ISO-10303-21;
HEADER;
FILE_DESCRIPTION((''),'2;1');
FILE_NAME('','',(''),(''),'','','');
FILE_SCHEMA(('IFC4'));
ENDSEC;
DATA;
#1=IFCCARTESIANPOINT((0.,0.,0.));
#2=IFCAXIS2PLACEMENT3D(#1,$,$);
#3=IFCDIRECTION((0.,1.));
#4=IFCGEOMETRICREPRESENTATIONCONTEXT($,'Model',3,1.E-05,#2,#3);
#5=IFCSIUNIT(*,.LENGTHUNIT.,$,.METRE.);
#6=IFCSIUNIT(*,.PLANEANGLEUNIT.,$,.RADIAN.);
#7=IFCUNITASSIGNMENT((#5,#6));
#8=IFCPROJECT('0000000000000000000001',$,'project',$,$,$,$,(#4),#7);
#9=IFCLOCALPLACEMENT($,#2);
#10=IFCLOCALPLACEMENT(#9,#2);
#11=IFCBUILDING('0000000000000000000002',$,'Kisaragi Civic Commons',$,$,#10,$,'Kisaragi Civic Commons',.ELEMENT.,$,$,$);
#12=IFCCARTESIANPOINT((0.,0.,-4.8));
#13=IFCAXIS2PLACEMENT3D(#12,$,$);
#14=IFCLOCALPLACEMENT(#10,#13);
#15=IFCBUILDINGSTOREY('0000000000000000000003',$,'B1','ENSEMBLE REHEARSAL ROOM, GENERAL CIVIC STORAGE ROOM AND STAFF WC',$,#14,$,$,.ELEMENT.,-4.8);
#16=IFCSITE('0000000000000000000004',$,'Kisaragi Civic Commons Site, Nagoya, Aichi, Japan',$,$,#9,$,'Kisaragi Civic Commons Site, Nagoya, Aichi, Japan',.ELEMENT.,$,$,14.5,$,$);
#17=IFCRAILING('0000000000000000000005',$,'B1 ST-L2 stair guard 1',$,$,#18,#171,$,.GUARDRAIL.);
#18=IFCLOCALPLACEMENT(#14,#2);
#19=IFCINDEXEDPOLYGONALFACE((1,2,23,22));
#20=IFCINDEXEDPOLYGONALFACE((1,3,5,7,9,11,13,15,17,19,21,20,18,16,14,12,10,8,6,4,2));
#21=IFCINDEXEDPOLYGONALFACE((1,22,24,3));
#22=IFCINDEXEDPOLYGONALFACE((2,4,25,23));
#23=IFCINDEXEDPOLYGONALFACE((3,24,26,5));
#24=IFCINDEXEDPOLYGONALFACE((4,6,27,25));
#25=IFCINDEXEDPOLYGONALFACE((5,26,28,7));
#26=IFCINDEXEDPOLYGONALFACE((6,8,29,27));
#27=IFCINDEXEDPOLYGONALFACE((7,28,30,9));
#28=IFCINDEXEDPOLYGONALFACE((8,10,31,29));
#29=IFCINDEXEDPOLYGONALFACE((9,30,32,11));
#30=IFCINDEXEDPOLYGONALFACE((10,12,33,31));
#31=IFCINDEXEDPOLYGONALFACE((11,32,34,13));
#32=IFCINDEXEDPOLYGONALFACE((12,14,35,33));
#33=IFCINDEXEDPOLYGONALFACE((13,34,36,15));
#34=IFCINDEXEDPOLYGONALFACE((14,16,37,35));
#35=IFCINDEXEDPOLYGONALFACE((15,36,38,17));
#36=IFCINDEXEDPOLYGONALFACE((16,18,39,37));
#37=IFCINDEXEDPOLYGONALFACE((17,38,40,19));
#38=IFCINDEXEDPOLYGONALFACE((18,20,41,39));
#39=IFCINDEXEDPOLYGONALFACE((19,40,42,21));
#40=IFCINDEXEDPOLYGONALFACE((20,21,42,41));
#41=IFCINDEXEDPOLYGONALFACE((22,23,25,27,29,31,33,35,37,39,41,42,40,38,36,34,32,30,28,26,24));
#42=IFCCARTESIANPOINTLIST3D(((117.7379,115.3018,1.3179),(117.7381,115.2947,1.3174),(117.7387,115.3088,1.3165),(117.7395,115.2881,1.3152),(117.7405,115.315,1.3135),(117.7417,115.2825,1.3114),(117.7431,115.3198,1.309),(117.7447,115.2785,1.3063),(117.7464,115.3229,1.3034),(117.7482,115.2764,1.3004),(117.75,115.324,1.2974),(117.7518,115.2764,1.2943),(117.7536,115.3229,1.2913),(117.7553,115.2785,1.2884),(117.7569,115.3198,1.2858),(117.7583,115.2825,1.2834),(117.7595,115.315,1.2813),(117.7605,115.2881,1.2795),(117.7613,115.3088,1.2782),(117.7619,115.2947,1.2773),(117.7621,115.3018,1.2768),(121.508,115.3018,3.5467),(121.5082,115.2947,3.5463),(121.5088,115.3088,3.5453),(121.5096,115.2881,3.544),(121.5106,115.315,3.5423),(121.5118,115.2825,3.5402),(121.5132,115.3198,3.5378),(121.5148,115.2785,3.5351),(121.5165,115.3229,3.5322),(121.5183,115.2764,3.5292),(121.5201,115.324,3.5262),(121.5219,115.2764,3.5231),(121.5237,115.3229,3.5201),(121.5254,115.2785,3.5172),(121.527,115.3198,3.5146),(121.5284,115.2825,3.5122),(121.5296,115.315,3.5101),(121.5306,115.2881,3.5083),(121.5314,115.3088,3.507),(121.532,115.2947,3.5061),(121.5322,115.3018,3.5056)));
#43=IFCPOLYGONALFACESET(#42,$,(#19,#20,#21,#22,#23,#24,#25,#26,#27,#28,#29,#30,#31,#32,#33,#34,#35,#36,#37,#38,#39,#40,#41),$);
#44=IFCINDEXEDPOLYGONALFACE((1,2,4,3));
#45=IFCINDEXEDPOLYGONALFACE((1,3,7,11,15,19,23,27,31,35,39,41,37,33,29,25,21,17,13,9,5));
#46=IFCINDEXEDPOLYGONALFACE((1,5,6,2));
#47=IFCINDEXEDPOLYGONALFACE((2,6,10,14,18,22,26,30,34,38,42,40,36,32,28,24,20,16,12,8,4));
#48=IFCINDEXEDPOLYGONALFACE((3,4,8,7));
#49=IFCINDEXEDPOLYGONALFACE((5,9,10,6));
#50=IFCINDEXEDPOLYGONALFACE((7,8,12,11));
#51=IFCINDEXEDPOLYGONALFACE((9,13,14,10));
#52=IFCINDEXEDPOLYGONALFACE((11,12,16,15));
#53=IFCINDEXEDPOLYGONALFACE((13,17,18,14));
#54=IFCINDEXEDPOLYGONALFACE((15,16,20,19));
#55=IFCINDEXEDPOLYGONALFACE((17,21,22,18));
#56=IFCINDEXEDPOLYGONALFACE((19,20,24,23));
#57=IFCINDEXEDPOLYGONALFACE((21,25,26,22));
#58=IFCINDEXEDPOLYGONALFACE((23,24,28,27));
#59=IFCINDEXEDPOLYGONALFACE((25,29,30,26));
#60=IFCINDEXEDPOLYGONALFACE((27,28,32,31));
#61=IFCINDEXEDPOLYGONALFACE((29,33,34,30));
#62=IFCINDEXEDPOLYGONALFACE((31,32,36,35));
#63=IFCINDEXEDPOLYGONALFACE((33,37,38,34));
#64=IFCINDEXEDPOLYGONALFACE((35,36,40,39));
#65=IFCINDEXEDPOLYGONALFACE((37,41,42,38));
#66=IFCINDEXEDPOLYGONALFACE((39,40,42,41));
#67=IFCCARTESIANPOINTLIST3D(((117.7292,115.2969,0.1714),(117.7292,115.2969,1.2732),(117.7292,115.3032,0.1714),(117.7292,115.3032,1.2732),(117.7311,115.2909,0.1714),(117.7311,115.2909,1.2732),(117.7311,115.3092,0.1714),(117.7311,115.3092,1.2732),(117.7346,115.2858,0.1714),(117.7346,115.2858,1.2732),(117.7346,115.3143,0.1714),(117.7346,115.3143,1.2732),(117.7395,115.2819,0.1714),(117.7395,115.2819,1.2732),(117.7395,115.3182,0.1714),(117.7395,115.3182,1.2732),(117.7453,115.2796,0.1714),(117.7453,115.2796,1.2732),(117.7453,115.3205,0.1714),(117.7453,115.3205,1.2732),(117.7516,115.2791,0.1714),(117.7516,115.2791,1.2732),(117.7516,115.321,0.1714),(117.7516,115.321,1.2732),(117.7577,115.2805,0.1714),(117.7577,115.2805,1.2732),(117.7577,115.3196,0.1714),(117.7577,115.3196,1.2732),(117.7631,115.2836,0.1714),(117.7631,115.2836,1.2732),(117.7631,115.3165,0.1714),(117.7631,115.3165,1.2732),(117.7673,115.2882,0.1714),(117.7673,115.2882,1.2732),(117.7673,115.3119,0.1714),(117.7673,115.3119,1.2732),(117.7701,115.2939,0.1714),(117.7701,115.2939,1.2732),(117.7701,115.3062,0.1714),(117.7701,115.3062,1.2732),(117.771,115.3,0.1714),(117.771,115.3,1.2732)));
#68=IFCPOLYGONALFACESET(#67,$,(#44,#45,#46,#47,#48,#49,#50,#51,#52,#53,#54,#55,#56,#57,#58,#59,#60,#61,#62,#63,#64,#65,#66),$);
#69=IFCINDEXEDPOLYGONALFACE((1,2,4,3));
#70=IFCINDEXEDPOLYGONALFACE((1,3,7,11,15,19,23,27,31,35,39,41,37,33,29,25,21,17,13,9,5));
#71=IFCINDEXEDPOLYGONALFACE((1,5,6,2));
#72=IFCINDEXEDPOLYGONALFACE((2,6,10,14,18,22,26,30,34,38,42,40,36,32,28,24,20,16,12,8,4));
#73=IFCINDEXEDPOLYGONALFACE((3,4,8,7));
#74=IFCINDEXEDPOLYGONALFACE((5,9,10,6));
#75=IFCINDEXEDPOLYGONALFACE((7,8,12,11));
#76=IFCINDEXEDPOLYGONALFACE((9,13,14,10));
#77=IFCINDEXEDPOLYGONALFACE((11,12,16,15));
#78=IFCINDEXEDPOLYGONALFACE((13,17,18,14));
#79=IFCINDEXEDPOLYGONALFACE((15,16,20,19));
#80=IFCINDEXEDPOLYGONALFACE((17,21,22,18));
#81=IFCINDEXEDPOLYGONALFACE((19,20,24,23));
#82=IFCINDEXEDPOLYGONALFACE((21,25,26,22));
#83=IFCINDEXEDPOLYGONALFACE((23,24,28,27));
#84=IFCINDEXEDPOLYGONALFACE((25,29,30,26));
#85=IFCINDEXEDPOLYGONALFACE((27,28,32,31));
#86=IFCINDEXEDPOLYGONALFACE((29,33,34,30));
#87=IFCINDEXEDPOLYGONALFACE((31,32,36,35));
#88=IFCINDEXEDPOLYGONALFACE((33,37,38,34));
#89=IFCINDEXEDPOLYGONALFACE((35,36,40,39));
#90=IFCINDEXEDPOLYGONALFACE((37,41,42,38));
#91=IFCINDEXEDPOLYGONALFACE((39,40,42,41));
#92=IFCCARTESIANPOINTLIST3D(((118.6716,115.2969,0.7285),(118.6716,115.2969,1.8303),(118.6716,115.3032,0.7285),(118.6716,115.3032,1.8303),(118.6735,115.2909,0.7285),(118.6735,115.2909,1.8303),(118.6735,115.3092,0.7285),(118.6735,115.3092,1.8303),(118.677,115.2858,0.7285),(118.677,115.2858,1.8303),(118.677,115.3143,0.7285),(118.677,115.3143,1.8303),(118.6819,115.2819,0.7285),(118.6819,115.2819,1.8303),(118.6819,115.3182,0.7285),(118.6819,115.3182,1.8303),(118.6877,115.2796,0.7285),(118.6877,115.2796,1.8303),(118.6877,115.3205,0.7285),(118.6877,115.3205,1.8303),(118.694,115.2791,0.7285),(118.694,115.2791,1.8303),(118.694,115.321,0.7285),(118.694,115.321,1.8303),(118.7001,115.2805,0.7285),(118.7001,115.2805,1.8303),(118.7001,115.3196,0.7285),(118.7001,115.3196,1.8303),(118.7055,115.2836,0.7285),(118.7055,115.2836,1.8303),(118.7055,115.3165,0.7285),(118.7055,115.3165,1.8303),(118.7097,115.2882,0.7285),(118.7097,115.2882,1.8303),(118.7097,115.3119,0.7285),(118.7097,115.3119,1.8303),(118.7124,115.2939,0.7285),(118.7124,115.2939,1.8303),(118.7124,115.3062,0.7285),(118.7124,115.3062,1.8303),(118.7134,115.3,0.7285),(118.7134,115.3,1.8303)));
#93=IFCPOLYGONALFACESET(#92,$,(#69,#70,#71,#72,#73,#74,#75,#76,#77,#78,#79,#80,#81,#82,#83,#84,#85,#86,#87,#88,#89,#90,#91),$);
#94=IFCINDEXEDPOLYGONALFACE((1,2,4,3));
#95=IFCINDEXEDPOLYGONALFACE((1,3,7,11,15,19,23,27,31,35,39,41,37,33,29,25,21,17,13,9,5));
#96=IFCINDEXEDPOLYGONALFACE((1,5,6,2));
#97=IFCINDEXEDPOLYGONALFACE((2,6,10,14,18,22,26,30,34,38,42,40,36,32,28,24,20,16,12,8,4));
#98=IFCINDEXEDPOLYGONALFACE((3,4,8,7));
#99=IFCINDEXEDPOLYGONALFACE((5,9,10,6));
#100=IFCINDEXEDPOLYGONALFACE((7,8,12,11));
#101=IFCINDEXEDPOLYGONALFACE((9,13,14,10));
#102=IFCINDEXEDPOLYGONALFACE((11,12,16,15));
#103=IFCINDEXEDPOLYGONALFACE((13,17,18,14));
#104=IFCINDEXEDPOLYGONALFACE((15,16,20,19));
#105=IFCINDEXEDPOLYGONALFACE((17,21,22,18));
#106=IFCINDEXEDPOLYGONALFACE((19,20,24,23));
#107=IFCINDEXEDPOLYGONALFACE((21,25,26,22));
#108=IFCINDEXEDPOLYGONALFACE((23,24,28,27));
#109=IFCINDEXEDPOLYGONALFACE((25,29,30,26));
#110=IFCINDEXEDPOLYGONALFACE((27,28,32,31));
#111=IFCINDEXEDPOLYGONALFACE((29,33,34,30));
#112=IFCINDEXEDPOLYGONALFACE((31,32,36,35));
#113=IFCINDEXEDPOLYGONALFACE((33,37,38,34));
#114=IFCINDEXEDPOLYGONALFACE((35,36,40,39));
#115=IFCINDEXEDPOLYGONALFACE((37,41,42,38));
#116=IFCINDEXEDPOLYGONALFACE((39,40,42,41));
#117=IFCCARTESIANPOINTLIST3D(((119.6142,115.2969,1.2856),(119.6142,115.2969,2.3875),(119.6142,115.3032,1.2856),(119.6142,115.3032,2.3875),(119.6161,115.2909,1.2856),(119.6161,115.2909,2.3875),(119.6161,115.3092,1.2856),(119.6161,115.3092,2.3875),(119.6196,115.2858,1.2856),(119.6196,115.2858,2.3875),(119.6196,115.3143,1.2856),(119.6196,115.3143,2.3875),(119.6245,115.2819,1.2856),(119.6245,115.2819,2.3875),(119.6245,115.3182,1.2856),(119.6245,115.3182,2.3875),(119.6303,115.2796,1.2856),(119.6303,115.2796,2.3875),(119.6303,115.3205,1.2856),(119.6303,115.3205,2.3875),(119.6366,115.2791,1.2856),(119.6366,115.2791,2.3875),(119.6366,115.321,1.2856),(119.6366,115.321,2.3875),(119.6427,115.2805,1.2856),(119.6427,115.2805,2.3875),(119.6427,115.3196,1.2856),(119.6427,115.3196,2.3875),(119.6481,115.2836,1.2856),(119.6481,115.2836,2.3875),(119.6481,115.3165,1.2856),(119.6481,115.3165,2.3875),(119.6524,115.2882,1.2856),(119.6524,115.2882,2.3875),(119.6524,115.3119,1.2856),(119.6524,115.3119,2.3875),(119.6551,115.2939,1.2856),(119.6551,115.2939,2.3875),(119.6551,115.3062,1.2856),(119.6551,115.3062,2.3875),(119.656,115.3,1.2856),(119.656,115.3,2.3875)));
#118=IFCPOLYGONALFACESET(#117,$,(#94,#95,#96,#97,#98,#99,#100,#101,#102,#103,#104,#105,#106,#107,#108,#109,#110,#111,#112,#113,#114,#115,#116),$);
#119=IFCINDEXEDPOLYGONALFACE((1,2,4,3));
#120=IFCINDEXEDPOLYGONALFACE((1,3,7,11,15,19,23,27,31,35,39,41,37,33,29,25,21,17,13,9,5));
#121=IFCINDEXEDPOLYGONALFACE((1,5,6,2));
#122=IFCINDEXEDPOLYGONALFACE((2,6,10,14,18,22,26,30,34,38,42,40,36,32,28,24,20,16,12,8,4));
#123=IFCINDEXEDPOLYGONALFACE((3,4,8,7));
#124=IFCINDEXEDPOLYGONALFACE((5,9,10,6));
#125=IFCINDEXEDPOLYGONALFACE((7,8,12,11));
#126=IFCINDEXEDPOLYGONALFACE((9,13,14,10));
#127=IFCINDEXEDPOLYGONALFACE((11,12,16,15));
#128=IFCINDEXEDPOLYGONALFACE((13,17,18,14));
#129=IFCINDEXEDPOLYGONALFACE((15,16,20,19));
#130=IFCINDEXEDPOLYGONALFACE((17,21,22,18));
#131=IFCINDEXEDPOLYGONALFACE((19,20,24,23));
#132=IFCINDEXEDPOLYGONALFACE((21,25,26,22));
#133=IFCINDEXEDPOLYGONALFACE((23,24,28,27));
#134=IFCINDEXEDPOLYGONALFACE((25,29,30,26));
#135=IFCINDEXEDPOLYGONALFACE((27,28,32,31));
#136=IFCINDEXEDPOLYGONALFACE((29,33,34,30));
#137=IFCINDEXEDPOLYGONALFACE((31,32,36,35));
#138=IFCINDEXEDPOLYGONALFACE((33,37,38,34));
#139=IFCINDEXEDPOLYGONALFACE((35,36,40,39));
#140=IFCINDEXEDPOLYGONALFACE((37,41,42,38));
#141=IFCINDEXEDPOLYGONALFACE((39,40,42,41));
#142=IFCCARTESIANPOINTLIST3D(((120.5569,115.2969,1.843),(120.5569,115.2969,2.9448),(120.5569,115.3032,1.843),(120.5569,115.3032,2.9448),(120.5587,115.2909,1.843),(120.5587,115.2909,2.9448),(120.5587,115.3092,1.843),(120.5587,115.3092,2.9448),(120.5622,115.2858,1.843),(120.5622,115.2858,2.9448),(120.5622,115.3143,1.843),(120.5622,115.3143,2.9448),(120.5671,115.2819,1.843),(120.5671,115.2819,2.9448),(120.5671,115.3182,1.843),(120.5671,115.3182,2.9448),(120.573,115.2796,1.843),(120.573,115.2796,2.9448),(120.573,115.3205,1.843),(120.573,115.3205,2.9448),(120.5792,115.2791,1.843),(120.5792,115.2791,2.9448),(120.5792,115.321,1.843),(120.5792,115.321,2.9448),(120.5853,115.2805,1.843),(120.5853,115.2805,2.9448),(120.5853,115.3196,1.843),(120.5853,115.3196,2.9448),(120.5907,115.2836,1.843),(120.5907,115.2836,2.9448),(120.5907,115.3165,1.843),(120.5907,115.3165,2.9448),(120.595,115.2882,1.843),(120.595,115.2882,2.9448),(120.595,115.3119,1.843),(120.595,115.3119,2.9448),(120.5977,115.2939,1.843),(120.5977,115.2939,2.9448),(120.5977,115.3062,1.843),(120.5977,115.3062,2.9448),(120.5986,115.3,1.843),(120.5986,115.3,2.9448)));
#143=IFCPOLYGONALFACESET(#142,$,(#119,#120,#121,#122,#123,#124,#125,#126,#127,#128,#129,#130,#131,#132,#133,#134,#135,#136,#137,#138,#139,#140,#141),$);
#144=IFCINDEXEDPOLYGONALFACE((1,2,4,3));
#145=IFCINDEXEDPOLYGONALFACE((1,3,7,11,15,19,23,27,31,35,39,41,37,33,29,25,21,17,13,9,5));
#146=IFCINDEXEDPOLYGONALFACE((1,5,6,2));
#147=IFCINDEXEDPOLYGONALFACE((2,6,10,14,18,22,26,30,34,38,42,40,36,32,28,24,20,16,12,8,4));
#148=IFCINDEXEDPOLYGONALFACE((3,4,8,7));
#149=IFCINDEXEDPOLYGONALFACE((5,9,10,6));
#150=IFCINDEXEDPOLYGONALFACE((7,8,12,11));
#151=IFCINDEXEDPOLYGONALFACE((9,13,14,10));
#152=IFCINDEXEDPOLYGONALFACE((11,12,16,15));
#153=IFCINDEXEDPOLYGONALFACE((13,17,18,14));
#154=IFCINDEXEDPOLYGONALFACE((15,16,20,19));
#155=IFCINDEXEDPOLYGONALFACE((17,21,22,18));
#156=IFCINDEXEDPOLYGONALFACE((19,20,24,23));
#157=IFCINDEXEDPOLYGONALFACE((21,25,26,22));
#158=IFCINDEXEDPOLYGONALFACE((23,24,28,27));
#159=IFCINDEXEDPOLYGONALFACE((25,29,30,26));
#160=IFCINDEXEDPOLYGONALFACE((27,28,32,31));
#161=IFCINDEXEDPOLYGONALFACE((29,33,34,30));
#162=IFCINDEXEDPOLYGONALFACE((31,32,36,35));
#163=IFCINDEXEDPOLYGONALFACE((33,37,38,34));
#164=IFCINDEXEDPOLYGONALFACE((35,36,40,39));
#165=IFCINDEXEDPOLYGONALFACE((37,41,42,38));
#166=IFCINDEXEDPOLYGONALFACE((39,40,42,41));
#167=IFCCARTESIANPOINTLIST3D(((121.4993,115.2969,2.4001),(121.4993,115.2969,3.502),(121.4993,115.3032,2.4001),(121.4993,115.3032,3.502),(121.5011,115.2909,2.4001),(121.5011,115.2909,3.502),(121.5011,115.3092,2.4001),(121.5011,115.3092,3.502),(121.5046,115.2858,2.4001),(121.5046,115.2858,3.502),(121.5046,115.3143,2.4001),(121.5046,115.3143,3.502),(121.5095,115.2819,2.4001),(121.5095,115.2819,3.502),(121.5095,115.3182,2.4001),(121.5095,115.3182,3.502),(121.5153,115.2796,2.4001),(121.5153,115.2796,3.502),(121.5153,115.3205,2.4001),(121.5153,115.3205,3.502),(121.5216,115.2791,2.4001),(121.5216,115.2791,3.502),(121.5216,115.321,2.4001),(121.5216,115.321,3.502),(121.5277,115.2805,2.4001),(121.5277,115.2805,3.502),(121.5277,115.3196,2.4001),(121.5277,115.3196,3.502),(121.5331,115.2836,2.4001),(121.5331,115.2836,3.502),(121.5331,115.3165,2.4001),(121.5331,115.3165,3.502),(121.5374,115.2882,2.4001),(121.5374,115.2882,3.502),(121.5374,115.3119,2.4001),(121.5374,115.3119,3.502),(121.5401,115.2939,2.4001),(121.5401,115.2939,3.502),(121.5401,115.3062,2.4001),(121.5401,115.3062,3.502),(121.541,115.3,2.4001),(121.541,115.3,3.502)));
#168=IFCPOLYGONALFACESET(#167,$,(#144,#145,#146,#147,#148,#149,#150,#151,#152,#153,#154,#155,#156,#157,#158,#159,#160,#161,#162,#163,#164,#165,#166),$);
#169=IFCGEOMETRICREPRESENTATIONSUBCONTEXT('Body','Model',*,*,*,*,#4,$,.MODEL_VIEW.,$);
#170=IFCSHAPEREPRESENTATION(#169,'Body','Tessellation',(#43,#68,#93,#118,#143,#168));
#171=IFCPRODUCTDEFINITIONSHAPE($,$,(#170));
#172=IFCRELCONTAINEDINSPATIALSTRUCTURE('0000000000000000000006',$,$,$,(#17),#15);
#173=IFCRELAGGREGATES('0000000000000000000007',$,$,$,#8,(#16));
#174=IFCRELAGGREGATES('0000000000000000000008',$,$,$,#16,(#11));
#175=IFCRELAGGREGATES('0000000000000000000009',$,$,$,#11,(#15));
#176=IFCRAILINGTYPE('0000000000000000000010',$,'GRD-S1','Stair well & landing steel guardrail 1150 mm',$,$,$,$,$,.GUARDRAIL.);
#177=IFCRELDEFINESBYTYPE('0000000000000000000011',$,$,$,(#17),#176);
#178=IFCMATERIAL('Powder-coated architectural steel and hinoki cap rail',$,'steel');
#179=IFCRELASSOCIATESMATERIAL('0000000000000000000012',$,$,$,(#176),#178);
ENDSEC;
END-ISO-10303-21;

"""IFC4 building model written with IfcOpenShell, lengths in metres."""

from ifc_helpers import new_model, si_unit, direction, frame, origin, origin_2d, place, context, subcontext, project, spatial, circle, extrude, material, type_object, element, save


model = new_model("IFC4")

# Units and contexts
model_context = context("Model", 3, precision=1e-05, world=origin(), true_north=direction((0.0, 1.0)))
body_context = subcontext(model_context, "Body", "Model", "MODEL_VIEW")
ifc_project = project(units=[si_unit("LENGTHUNIT", "METRE"), si_unit("PLANEANGLEUNIT", "RADIAN")], contexts=[model_context])

# Site, building, storey
site_placement = place(None, origin())
site = spatial("IfcSite", under=ifc_project, at=site_placement, Name="Kisaragi Civic Commons Site, Nagoya, Aichi, Japan", LongName="Kisaragi Civic Commons Site, Nagoya, Aichi, Japan", CompositionType="ELEMENT", RefElevation=14.5)
building_placement = place(site_placement, origin())
building = spatial("IfcBuilding", under=site, at=building_placement, Name="Kisaragi Civic Commons", LongName="Kisaragi Civic Commons", CompositionType="ELEMENT")
storey_placement = place(building_placement, frame((0.0, 0.0, -4.8)))
storey = spatial("IfcBuildingStorey", under=building, at=storey_placement, Name="B1", Description="ENSEMBLE REHEARSAL ROOM, GENERAL CIVIC STORAGE ROOM AND STAFF WC", CompositionType="ELEMENT", Elevation=-4.8)

# Railing
ifc_material_1 = material(Name="Powder-coated architectural steel and hinoki cap rail", Category="steel")
railing_type_1 = type_object("IfcRailingType", Name="GRD-S1", Description="Stair well & landing steel guardrail 1150 mm", PredefinedType="GUARDRAIL", material=ifc_material_1)
railing_1_placement = place(storey_placement, frame((117.75, 115.3, 0.1714)))
element("IfcRailing", 1, at=railing_1_placement, inside=storey, type_object=railing_type_1, Name="B1 ST-L2 stair guard 1", PredefinedType="GUARDRAIL", context=body_context, shape_type="SweptSolid", body=[
    extrude(circle(Radius=0.0239, at=origin_2d()), frame((0.0, 0.0, 1.126), z_axis=(0.860824, 0.0, 0.508902), x_axis=(0.0, 1.0, 0.0)), (0.0, 0.0, 1.0), 4.3796),
    extrude(circle(Radius=0.021, at=origin_2d()), origin(), (0.0, 0.0, 1.0), 1.1018),
    extrude(circle(Radius=0.021, at=origin_2d()), frame((0.9424, 0.0, 0.5571)), (0.0, 0.0, 1.0), 1.1018),
    extrude(circle(Radius=0.021, at=origin_2d()), frame((1.885, 0.0, 1.1143)), (0.0, 0.0, 1.0), 1.1018),
    extrude(circle(Radius=0.021, at=origin_2d()), frame((2.8276, 0.0, 1.6716)), (0.0, 0.0, 1.0), 1.1018),
    extrude(circle(Radius=0.021, at=origin_2d()), frame((3.77, 0.0, 2.2288)), (0.0, 0.0, 1.0), 1.1018),
])

save(model, "model.ifc")
